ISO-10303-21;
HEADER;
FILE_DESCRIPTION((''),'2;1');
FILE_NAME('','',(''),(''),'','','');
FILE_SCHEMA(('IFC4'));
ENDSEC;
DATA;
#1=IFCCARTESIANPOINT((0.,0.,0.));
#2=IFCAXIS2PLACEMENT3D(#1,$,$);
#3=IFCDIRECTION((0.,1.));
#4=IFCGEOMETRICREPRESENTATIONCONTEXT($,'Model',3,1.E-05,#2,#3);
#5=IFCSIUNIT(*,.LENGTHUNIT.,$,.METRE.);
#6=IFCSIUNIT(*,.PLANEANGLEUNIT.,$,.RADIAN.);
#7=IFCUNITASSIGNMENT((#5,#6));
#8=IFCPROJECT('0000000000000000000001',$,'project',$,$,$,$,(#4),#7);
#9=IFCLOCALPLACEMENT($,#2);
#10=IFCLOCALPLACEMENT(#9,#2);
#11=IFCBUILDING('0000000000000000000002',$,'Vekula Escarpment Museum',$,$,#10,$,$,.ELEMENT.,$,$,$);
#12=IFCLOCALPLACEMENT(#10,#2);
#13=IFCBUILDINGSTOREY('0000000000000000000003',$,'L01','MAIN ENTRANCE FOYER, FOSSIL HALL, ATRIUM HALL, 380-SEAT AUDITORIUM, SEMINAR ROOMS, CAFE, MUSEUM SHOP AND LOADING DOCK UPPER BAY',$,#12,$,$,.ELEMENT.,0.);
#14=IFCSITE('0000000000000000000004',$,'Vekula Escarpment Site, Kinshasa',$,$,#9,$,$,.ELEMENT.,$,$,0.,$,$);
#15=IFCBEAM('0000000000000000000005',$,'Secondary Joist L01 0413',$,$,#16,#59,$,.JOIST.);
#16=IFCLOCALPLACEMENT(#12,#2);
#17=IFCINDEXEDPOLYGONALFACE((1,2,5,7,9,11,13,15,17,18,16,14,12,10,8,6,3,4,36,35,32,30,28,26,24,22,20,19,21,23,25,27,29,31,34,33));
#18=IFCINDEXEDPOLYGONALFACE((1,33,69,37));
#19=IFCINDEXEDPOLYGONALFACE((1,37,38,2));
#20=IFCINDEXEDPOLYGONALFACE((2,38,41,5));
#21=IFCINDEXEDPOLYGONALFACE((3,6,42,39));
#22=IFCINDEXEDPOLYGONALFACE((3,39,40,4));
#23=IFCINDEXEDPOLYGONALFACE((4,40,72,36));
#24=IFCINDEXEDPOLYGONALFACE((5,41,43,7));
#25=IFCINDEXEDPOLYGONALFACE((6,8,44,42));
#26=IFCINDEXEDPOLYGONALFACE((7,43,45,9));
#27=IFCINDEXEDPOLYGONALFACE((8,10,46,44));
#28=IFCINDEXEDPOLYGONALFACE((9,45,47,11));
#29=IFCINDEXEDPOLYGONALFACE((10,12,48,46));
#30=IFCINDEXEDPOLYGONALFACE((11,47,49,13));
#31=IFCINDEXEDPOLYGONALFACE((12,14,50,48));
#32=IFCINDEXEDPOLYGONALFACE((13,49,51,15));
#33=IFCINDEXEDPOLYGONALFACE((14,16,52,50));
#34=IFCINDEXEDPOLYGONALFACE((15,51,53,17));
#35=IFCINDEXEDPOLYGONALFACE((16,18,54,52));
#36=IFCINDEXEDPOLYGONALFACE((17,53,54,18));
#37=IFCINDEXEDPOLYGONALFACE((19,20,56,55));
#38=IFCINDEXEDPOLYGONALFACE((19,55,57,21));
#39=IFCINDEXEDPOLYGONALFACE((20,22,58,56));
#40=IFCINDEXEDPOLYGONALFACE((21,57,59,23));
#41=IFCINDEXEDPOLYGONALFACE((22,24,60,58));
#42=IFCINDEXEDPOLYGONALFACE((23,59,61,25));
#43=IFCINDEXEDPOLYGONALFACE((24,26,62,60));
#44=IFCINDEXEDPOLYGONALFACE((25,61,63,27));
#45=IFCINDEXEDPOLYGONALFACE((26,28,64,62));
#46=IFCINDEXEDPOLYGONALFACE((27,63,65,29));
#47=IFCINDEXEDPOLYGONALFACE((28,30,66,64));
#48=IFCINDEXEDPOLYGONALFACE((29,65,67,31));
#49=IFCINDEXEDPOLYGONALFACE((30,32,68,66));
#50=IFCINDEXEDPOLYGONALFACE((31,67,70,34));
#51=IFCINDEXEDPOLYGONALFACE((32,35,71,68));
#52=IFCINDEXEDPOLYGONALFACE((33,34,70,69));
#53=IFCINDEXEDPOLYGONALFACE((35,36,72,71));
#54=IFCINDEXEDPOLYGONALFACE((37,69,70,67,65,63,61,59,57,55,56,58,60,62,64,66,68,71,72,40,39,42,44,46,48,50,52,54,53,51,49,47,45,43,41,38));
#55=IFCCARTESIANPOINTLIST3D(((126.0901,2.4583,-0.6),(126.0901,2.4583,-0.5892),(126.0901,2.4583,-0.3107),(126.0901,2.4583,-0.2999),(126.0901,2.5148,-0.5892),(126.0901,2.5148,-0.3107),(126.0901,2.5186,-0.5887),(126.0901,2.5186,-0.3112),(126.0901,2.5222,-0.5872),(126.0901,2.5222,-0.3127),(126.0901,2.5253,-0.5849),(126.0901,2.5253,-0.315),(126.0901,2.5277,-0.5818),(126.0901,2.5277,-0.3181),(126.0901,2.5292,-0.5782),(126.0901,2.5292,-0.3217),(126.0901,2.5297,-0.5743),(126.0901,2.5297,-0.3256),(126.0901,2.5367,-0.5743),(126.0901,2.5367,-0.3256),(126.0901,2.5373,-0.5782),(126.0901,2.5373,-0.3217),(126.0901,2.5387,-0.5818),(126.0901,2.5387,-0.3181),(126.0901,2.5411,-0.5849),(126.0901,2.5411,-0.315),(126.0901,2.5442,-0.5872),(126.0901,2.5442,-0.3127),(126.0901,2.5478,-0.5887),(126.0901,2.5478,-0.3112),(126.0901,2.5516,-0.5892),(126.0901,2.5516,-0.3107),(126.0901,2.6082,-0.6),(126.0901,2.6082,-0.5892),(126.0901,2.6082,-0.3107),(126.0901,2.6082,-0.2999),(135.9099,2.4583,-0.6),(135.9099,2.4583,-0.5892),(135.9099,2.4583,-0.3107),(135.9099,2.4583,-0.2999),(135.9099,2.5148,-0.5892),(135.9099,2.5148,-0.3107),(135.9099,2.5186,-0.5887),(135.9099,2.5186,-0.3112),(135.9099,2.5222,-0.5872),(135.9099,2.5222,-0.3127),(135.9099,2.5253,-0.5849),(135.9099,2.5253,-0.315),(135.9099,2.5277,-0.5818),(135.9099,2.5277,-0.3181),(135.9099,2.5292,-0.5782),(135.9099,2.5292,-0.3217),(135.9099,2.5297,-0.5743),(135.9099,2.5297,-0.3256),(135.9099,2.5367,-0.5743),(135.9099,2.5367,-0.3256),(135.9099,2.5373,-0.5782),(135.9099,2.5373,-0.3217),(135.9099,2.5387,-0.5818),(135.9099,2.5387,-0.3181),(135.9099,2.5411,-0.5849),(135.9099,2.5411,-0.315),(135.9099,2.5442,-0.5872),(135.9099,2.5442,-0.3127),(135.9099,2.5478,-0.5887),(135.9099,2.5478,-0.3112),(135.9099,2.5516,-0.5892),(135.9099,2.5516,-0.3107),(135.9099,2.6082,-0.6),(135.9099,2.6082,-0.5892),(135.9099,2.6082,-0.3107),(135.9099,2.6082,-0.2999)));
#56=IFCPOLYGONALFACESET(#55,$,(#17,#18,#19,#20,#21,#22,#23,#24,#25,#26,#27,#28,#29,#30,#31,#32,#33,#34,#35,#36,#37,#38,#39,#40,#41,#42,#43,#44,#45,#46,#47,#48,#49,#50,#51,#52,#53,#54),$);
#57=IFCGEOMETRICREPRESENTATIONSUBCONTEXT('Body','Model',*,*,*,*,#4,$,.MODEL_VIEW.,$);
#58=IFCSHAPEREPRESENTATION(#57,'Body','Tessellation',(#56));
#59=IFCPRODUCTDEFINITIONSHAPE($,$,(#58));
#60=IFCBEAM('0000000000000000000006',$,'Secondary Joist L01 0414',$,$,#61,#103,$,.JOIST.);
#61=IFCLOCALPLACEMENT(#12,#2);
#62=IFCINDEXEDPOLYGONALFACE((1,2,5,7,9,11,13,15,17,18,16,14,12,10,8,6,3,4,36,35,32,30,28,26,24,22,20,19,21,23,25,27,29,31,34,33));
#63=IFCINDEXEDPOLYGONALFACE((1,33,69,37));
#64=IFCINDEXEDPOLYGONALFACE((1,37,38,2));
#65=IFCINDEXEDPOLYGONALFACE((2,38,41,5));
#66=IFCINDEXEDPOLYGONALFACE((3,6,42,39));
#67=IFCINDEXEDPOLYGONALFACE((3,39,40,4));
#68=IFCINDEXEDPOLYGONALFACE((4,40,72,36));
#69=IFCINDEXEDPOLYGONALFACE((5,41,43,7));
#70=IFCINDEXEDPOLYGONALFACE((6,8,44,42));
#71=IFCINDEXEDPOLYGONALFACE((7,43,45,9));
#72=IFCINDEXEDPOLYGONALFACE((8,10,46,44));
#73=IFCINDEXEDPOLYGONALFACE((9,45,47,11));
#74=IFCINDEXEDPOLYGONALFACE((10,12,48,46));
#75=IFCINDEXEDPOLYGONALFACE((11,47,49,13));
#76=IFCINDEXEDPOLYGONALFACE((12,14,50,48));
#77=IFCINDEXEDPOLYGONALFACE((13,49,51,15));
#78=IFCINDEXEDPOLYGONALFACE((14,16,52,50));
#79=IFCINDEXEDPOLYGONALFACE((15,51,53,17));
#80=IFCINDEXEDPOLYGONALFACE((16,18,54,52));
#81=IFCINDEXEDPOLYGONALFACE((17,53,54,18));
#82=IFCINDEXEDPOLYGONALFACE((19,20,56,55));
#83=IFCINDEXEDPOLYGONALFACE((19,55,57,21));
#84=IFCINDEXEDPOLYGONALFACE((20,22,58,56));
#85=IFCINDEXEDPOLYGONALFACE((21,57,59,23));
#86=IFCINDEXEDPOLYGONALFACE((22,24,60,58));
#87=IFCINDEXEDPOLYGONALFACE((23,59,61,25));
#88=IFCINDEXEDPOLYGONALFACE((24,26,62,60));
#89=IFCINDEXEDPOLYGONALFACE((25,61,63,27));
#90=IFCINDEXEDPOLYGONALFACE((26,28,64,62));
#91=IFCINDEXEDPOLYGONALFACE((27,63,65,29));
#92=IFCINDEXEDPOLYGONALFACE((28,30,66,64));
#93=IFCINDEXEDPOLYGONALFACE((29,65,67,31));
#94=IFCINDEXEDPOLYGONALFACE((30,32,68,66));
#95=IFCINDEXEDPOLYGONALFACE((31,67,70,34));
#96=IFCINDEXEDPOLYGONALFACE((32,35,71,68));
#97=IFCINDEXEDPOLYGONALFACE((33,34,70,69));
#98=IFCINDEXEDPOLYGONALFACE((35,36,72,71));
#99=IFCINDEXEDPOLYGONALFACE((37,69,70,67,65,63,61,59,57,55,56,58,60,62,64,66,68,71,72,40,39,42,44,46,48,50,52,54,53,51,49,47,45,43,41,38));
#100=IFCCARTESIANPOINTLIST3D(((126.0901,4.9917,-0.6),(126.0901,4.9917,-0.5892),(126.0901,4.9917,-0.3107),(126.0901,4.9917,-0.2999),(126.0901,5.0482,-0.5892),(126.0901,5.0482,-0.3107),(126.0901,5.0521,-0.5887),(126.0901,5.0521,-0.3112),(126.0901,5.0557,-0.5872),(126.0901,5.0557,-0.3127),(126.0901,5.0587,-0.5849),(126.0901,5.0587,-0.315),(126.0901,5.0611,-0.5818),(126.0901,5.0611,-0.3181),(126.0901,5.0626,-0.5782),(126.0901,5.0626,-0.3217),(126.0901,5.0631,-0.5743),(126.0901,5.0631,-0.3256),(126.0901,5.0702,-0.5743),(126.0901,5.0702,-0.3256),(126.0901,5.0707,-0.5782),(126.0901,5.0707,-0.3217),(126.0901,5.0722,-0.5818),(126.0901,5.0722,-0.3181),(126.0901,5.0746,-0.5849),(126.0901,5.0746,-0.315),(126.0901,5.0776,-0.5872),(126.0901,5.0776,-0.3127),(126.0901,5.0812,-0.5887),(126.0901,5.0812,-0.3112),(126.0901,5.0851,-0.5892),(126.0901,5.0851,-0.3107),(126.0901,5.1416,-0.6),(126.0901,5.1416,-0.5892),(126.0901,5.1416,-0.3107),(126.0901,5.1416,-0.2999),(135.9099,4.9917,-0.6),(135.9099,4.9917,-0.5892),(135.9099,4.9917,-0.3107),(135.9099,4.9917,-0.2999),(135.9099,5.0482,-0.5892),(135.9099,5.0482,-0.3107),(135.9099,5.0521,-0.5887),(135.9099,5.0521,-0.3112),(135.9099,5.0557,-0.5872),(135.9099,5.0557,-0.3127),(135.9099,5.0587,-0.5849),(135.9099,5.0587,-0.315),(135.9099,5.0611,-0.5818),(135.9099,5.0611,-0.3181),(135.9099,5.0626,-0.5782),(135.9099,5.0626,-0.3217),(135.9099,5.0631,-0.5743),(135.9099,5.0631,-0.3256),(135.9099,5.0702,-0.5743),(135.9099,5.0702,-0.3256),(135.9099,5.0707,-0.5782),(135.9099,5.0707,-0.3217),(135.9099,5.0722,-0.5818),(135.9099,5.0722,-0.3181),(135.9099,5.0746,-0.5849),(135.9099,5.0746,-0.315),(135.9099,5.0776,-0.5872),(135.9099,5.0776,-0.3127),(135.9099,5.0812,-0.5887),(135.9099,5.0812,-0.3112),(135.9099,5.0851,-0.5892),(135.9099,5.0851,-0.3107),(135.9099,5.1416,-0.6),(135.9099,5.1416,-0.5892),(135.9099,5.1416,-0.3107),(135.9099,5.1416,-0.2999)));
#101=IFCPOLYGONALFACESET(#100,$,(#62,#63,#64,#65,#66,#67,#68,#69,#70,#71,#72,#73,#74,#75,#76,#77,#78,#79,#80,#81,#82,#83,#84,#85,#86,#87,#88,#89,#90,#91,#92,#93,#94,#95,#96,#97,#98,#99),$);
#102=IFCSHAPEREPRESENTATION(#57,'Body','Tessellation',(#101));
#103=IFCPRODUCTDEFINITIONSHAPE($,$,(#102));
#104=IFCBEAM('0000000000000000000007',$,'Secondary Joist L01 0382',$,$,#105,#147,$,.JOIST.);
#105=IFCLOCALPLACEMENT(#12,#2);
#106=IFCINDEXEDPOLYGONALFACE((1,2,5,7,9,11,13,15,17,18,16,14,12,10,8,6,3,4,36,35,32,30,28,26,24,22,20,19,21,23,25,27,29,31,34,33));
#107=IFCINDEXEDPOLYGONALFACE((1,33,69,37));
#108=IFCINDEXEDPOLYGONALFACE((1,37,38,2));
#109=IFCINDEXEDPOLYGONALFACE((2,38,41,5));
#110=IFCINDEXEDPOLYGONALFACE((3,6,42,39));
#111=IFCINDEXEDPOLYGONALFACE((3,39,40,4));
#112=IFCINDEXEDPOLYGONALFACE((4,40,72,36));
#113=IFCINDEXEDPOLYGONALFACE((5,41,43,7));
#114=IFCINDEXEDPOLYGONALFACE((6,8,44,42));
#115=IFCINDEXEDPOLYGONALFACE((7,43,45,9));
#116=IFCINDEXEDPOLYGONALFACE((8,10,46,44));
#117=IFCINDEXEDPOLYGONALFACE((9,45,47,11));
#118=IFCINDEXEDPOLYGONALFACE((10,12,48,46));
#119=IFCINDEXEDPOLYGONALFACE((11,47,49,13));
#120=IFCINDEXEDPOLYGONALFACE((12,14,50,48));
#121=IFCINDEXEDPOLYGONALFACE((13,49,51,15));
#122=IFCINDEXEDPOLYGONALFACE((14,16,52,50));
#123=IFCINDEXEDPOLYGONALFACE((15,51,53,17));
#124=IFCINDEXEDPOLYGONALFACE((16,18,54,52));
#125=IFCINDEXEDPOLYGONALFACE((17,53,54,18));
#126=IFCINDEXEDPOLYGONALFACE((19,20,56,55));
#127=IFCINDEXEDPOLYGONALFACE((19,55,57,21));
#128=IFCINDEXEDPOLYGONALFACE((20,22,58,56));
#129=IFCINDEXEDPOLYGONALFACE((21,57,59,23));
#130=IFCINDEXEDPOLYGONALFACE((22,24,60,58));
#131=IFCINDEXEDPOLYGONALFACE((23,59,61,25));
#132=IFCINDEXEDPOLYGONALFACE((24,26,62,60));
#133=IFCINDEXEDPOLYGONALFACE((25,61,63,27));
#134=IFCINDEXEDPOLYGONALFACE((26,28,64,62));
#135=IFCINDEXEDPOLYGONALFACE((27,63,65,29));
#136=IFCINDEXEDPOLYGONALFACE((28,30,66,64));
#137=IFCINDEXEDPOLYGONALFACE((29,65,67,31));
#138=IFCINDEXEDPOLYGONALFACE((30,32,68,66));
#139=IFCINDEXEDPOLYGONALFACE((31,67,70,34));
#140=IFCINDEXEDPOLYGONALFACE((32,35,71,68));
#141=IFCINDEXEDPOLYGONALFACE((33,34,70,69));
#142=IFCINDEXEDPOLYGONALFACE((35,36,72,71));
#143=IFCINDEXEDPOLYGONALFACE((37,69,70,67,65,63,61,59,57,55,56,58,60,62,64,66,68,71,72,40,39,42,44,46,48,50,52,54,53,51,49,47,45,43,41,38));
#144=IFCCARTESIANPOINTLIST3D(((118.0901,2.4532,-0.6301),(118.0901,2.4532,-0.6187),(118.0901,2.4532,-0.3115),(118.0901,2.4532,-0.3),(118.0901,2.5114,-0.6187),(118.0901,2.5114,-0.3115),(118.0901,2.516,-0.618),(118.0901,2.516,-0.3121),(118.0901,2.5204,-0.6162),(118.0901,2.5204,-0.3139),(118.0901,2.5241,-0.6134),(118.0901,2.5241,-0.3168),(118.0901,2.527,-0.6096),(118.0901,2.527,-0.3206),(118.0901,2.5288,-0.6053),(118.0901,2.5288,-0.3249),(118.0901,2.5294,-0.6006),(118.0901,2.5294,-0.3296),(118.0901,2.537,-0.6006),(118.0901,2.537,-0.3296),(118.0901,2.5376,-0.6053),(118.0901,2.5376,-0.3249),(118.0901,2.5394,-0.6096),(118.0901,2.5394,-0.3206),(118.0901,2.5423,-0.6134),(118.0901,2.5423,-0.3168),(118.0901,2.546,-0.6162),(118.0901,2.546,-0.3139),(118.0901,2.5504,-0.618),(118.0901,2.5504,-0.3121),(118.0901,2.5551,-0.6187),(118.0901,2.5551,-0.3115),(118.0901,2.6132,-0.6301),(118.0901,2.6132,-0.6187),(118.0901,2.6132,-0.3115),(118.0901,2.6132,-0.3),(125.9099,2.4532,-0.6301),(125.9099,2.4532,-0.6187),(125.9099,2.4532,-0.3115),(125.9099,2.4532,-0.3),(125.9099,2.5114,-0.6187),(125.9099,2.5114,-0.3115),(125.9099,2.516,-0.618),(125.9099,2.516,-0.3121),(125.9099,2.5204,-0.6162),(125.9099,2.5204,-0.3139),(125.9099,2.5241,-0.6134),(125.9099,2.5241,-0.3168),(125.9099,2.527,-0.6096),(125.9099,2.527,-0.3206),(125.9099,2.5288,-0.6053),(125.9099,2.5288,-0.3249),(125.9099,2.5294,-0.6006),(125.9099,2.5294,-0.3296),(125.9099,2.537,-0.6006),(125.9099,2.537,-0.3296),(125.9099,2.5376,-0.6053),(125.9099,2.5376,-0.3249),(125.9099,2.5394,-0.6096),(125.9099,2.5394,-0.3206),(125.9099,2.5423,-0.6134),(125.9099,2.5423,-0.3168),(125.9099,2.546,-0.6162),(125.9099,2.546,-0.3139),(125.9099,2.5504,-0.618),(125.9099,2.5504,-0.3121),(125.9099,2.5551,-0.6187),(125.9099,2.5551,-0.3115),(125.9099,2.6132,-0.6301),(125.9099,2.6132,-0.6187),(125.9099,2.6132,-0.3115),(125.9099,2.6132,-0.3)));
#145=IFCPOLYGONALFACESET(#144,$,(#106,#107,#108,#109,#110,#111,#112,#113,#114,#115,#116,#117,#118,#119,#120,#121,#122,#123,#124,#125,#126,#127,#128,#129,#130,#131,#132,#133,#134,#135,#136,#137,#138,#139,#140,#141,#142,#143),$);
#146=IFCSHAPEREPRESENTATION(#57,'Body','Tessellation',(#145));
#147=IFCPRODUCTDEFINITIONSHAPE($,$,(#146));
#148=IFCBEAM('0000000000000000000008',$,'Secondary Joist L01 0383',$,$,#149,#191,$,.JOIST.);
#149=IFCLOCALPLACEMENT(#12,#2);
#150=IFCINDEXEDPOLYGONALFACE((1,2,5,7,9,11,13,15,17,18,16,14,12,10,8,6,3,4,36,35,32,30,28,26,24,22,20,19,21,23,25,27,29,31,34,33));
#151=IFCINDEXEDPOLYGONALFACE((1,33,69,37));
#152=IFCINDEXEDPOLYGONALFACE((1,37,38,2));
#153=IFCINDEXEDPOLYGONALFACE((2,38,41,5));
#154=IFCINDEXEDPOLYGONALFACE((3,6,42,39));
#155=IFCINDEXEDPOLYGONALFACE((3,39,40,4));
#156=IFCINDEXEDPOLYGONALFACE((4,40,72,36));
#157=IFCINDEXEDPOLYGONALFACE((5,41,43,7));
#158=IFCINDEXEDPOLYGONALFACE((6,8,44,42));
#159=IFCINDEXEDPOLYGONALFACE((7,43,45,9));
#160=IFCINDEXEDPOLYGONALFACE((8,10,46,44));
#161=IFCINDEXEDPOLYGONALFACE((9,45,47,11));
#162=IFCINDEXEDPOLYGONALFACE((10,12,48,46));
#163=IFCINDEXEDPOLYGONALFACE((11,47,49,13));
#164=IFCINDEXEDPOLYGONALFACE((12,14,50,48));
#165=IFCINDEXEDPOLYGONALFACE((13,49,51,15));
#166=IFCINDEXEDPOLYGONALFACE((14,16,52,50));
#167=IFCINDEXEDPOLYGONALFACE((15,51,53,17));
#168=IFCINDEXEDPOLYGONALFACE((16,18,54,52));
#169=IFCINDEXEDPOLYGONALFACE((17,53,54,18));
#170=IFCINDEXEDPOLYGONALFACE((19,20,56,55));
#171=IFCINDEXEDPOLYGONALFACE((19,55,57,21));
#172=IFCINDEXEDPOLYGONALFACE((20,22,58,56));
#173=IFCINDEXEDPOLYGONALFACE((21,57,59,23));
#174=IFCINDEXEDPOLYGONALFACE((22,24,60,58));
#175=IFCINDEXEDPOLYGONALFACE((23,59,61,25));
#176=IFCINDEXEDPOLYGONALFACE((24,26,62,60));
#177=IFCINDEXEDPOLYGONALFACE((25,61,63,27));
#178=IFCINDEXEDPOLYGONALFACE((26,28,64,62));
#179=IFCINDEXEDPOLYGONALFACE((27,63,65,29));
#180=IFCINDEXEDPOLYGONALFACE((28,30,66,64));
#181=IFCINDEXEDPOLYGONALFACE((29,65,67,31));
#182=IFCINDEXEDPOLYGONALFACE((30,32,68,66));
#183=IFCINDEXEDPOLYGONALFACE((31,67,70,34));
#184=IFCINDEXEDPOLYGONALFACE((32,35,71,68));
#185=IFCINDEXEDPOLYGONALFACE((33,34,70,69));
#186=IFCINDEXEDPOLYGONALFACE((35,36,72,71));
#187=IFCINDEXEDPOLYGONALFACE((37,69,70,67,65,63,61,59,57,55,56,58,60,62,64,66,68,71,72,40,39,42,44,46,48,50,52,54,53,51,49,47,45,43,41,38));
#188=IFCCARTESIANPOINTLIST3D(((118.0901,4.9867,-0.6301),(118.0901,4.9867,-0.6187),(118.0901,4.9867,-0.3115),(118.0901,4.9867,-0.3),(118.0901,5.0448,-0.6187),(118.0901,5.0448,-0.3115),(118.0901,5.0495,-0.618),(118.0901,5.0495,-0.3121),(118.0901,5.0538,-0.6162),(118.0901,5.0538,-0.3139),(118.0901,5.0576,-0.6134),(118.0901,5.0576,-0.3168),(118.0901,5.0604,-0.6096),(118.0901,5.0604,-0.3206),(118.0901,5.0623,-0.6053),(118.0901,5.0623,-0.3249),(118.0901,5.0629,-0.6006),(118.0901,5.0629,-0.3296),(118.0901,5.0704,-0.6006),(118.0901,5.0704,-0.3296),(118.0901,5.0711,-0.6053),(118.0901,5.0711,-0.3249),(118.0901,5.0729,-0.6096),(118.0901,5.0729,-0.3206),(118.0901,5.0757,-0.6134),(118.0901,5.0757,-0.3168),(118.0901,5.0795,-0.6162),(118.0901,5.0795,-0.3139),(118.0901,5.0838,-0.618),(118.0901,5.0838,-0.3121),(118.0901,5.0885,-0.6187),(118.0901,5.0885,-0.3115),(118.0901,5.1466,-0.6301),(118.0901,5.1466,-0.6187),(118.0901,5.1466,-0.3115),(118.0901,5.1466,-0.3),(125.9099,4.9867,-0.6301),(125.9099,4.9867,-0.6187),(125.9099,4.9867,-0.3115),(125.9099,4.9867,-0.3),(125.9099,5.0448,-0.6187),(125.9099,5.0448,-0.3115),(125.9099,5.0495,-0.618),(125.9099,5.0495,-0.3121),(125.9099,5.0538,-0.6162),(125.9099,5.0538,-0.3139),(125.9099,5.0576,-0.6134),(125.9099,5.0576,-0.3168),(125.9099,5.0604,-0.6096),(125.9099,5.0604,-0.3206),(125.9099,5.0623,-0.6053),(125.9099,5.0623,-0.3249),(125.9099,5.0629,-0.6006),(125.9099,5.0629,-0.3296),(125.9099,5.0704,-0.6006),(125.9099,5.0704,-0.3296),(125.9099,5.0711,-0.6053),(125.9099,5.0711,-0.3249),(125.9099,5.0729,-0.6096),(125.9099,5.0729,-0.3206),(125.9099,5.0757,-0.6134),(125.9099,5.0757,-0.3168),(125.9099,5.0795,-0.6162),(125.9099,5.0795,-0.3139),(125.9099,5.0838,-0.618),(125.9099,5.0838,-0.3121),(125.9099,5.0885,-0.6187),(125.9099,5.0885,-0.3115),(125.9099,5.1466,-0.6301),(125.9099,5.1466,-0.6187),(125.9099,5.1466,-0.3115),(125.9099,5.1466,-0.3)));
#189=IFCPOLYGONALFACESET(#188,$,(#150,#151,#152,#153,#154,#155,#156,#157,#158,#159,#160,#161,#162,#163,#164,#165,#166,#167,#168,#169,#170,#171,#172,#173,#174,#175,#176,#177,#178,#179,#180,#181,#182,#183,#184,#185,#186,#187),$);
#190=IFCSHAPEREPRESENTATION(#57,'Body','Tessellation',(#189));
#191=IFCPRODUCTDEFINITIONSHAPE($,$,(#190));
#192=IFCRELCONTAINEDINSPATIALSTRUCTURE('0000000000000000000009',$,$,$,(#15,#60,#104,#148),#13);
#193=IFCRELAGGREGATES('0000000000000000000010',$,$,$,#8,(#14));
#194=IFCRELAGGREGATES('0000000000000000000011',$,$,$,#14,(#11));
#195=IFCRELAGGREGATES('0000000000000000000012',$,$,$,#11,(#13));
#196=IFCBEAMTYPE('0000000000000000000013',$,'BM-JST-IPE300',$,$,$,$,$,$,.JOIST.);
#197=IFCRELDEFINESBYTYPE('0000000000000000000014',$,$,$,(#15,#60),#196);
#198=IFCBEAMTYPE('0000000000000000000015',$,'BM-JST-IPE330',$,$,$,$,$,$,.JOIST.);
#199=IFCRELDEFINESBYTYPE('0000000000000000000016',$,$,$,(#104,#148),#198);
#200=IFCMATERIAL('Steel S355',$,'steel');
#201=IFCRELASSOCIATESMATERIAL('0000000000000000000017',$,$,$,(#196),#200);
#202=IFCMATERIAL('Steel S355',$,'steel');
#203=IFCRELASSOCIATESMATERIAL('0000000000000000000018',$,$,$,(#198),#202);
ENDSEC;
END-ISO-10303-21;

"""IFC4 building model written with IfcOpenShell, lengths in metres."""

from ifc_helpers import new_model, si_unit, direction, frame, origin, origin_2d, place, context, subcontext, project, spatial, i_section, extrude, material, material_profile, profile_set, type_object, element, save


model = new_model("IFC4")

# Units and contexts
model_context = context("Model", 3, precision=1e-05, world=origin(), true_north=direction((0.0, 1.0)))
body_context = subcontext(model_context, "Body", "Model", "MODEL_VIEW")
ifc_project = project(units=[si_unit("LENGTHUNIT", "METRE"), si_unit("PLANEANGLEUNIT", "RADIAN")], contexts=[model_context])

# Site, building, storey
site_placement = place(None, origin())
site = spatial("IfcSite", under=ifc_project, at=site_placement, Name="Vekula Escarpment Site, Kinshasa", CompositionType="ELEMENT", RefElevation=0.0)
building_placement = place(site_placement, origin())
building = spatial("IfcBuilding", under=site, at=building_placement, Name="Vekula Escarpment Museum", CompositionType="ELEMENT")
storey_placement = place(building_placement, origin())
storey = spatial("IfcBuildingStorey", under=building, at=storey_placement, Name="L01", Description="MAIN ENTRANCE FOYER, FOSSIL HALL, ATRIUM HALL, 380-SEAT AUDITORIUM, SEMINAR ROOMS, CAFE, MUSEUM SHOP AND LOADING DOCK UPPER BAY", CompositionType="ELEMENT", Elevation=0.0)

# Beams
ifc_material_1 = material(Name="Steel S355", Category="steel")
ifc_material_profile_1 = material_profile(ifc_material_1, i_section(OverallWidth=0.1499, OverallDepth=0.3, WebThickness=0.0071, FlangeThickness=0.0107, FilletRadius=0.0149, at=origin_2d()), Name="IPE 300")
ifc_profile_set_1 = profile_set([ifc_material_profile_1], Name="Steel S355")
beam_type_1 = type_object("IfcBeamType", Name="BM-JST-IPE300", PredefinedType="JOIST", material=ifc_profile_set_1)
for number, where, z_axis, x_axis, name in (
    (1, (126.0901, 2.5332, -0.45), (1.0, 0.0, 0.0), (0.0, 1.0, 0.0), "Secondary Joist L01 0413"),
    (2, (126.0901, 5.0667, -0.45), (1.0, 0.0, 0.0), (0.0, 1.0, 0.0), "Secondary Joist L01 0414"),
):
    element("IfcBeam", number, at=place(storey_placement, frame(where, z_axis=z_axis, x_axis=x_axis)), inside=storey, type_object=beam_type_1, Name=name, PredefinedType="JOIST", context=body_context, shape_type="SweptSolid", body=[
        extrude(i_section(OverallWidth=0.1499, OverallDepth=0.3, WebThickness=0.0071, FlangeThickness=0.0107, FilletRadius=0.0149, at=origin_2d()), origin(), (0.0, 0.0, 1.0), 9.8198),
    ])
ifc_material_2 = material(Name="Steel S355", Category="steel")
ifc_material_profile_2 = material_profile(ifc_material_2, i_section(OverallWidth=0.1599, OverallDepth=0.3301, WebThickness=0.0076, FlangeThickness=0.0115, FilletRadius=0.0181, at=origin_2d()), Name="IPE 330")
ifc_profile_set_2 = profile_set([ifc_material_profile_2], Name="Steel S355")
beam_type_2 = type_object("IfcBeamType", Name="BM-JST-IPE330", PredefinedType="JOIST", material=ifc_profile_set_2)
for number, where, z_axis, x_axis, name in (
    (3, (118.0901, 2.5332, -0.4651), (1.0, 0.0, 0.0), (0.0, 1.0, 0.0), "Secondary Joist L01 0382"),
    (4, (118.0901, 5.0667, -0.4651), (1.0, 0.0, 0.0), (0.0, 1.0, 0.0), "Secondary Joist L01 0383"),
):
    element("IfcBeam", number, at=place(storey_placement, frame(where, z_axis=z_axis, x_axis=x_axis)), inside=storey, type_object=beam_type_2, Name=name, PredefinedType="JOIST", context=body_context, shape_type="SweptSolid", body=[
        extrude(i_section(OverallWidth=0.1599, OverallDepth=0.3301, WebThickness=0.0076, FlangeThickness=0.0115, FilletRadius=0.0181, at=origin_2d()), origin(), (0.0, 0.0, 1.0), 7.8198),
    ])

save(model, "model.ifc")
